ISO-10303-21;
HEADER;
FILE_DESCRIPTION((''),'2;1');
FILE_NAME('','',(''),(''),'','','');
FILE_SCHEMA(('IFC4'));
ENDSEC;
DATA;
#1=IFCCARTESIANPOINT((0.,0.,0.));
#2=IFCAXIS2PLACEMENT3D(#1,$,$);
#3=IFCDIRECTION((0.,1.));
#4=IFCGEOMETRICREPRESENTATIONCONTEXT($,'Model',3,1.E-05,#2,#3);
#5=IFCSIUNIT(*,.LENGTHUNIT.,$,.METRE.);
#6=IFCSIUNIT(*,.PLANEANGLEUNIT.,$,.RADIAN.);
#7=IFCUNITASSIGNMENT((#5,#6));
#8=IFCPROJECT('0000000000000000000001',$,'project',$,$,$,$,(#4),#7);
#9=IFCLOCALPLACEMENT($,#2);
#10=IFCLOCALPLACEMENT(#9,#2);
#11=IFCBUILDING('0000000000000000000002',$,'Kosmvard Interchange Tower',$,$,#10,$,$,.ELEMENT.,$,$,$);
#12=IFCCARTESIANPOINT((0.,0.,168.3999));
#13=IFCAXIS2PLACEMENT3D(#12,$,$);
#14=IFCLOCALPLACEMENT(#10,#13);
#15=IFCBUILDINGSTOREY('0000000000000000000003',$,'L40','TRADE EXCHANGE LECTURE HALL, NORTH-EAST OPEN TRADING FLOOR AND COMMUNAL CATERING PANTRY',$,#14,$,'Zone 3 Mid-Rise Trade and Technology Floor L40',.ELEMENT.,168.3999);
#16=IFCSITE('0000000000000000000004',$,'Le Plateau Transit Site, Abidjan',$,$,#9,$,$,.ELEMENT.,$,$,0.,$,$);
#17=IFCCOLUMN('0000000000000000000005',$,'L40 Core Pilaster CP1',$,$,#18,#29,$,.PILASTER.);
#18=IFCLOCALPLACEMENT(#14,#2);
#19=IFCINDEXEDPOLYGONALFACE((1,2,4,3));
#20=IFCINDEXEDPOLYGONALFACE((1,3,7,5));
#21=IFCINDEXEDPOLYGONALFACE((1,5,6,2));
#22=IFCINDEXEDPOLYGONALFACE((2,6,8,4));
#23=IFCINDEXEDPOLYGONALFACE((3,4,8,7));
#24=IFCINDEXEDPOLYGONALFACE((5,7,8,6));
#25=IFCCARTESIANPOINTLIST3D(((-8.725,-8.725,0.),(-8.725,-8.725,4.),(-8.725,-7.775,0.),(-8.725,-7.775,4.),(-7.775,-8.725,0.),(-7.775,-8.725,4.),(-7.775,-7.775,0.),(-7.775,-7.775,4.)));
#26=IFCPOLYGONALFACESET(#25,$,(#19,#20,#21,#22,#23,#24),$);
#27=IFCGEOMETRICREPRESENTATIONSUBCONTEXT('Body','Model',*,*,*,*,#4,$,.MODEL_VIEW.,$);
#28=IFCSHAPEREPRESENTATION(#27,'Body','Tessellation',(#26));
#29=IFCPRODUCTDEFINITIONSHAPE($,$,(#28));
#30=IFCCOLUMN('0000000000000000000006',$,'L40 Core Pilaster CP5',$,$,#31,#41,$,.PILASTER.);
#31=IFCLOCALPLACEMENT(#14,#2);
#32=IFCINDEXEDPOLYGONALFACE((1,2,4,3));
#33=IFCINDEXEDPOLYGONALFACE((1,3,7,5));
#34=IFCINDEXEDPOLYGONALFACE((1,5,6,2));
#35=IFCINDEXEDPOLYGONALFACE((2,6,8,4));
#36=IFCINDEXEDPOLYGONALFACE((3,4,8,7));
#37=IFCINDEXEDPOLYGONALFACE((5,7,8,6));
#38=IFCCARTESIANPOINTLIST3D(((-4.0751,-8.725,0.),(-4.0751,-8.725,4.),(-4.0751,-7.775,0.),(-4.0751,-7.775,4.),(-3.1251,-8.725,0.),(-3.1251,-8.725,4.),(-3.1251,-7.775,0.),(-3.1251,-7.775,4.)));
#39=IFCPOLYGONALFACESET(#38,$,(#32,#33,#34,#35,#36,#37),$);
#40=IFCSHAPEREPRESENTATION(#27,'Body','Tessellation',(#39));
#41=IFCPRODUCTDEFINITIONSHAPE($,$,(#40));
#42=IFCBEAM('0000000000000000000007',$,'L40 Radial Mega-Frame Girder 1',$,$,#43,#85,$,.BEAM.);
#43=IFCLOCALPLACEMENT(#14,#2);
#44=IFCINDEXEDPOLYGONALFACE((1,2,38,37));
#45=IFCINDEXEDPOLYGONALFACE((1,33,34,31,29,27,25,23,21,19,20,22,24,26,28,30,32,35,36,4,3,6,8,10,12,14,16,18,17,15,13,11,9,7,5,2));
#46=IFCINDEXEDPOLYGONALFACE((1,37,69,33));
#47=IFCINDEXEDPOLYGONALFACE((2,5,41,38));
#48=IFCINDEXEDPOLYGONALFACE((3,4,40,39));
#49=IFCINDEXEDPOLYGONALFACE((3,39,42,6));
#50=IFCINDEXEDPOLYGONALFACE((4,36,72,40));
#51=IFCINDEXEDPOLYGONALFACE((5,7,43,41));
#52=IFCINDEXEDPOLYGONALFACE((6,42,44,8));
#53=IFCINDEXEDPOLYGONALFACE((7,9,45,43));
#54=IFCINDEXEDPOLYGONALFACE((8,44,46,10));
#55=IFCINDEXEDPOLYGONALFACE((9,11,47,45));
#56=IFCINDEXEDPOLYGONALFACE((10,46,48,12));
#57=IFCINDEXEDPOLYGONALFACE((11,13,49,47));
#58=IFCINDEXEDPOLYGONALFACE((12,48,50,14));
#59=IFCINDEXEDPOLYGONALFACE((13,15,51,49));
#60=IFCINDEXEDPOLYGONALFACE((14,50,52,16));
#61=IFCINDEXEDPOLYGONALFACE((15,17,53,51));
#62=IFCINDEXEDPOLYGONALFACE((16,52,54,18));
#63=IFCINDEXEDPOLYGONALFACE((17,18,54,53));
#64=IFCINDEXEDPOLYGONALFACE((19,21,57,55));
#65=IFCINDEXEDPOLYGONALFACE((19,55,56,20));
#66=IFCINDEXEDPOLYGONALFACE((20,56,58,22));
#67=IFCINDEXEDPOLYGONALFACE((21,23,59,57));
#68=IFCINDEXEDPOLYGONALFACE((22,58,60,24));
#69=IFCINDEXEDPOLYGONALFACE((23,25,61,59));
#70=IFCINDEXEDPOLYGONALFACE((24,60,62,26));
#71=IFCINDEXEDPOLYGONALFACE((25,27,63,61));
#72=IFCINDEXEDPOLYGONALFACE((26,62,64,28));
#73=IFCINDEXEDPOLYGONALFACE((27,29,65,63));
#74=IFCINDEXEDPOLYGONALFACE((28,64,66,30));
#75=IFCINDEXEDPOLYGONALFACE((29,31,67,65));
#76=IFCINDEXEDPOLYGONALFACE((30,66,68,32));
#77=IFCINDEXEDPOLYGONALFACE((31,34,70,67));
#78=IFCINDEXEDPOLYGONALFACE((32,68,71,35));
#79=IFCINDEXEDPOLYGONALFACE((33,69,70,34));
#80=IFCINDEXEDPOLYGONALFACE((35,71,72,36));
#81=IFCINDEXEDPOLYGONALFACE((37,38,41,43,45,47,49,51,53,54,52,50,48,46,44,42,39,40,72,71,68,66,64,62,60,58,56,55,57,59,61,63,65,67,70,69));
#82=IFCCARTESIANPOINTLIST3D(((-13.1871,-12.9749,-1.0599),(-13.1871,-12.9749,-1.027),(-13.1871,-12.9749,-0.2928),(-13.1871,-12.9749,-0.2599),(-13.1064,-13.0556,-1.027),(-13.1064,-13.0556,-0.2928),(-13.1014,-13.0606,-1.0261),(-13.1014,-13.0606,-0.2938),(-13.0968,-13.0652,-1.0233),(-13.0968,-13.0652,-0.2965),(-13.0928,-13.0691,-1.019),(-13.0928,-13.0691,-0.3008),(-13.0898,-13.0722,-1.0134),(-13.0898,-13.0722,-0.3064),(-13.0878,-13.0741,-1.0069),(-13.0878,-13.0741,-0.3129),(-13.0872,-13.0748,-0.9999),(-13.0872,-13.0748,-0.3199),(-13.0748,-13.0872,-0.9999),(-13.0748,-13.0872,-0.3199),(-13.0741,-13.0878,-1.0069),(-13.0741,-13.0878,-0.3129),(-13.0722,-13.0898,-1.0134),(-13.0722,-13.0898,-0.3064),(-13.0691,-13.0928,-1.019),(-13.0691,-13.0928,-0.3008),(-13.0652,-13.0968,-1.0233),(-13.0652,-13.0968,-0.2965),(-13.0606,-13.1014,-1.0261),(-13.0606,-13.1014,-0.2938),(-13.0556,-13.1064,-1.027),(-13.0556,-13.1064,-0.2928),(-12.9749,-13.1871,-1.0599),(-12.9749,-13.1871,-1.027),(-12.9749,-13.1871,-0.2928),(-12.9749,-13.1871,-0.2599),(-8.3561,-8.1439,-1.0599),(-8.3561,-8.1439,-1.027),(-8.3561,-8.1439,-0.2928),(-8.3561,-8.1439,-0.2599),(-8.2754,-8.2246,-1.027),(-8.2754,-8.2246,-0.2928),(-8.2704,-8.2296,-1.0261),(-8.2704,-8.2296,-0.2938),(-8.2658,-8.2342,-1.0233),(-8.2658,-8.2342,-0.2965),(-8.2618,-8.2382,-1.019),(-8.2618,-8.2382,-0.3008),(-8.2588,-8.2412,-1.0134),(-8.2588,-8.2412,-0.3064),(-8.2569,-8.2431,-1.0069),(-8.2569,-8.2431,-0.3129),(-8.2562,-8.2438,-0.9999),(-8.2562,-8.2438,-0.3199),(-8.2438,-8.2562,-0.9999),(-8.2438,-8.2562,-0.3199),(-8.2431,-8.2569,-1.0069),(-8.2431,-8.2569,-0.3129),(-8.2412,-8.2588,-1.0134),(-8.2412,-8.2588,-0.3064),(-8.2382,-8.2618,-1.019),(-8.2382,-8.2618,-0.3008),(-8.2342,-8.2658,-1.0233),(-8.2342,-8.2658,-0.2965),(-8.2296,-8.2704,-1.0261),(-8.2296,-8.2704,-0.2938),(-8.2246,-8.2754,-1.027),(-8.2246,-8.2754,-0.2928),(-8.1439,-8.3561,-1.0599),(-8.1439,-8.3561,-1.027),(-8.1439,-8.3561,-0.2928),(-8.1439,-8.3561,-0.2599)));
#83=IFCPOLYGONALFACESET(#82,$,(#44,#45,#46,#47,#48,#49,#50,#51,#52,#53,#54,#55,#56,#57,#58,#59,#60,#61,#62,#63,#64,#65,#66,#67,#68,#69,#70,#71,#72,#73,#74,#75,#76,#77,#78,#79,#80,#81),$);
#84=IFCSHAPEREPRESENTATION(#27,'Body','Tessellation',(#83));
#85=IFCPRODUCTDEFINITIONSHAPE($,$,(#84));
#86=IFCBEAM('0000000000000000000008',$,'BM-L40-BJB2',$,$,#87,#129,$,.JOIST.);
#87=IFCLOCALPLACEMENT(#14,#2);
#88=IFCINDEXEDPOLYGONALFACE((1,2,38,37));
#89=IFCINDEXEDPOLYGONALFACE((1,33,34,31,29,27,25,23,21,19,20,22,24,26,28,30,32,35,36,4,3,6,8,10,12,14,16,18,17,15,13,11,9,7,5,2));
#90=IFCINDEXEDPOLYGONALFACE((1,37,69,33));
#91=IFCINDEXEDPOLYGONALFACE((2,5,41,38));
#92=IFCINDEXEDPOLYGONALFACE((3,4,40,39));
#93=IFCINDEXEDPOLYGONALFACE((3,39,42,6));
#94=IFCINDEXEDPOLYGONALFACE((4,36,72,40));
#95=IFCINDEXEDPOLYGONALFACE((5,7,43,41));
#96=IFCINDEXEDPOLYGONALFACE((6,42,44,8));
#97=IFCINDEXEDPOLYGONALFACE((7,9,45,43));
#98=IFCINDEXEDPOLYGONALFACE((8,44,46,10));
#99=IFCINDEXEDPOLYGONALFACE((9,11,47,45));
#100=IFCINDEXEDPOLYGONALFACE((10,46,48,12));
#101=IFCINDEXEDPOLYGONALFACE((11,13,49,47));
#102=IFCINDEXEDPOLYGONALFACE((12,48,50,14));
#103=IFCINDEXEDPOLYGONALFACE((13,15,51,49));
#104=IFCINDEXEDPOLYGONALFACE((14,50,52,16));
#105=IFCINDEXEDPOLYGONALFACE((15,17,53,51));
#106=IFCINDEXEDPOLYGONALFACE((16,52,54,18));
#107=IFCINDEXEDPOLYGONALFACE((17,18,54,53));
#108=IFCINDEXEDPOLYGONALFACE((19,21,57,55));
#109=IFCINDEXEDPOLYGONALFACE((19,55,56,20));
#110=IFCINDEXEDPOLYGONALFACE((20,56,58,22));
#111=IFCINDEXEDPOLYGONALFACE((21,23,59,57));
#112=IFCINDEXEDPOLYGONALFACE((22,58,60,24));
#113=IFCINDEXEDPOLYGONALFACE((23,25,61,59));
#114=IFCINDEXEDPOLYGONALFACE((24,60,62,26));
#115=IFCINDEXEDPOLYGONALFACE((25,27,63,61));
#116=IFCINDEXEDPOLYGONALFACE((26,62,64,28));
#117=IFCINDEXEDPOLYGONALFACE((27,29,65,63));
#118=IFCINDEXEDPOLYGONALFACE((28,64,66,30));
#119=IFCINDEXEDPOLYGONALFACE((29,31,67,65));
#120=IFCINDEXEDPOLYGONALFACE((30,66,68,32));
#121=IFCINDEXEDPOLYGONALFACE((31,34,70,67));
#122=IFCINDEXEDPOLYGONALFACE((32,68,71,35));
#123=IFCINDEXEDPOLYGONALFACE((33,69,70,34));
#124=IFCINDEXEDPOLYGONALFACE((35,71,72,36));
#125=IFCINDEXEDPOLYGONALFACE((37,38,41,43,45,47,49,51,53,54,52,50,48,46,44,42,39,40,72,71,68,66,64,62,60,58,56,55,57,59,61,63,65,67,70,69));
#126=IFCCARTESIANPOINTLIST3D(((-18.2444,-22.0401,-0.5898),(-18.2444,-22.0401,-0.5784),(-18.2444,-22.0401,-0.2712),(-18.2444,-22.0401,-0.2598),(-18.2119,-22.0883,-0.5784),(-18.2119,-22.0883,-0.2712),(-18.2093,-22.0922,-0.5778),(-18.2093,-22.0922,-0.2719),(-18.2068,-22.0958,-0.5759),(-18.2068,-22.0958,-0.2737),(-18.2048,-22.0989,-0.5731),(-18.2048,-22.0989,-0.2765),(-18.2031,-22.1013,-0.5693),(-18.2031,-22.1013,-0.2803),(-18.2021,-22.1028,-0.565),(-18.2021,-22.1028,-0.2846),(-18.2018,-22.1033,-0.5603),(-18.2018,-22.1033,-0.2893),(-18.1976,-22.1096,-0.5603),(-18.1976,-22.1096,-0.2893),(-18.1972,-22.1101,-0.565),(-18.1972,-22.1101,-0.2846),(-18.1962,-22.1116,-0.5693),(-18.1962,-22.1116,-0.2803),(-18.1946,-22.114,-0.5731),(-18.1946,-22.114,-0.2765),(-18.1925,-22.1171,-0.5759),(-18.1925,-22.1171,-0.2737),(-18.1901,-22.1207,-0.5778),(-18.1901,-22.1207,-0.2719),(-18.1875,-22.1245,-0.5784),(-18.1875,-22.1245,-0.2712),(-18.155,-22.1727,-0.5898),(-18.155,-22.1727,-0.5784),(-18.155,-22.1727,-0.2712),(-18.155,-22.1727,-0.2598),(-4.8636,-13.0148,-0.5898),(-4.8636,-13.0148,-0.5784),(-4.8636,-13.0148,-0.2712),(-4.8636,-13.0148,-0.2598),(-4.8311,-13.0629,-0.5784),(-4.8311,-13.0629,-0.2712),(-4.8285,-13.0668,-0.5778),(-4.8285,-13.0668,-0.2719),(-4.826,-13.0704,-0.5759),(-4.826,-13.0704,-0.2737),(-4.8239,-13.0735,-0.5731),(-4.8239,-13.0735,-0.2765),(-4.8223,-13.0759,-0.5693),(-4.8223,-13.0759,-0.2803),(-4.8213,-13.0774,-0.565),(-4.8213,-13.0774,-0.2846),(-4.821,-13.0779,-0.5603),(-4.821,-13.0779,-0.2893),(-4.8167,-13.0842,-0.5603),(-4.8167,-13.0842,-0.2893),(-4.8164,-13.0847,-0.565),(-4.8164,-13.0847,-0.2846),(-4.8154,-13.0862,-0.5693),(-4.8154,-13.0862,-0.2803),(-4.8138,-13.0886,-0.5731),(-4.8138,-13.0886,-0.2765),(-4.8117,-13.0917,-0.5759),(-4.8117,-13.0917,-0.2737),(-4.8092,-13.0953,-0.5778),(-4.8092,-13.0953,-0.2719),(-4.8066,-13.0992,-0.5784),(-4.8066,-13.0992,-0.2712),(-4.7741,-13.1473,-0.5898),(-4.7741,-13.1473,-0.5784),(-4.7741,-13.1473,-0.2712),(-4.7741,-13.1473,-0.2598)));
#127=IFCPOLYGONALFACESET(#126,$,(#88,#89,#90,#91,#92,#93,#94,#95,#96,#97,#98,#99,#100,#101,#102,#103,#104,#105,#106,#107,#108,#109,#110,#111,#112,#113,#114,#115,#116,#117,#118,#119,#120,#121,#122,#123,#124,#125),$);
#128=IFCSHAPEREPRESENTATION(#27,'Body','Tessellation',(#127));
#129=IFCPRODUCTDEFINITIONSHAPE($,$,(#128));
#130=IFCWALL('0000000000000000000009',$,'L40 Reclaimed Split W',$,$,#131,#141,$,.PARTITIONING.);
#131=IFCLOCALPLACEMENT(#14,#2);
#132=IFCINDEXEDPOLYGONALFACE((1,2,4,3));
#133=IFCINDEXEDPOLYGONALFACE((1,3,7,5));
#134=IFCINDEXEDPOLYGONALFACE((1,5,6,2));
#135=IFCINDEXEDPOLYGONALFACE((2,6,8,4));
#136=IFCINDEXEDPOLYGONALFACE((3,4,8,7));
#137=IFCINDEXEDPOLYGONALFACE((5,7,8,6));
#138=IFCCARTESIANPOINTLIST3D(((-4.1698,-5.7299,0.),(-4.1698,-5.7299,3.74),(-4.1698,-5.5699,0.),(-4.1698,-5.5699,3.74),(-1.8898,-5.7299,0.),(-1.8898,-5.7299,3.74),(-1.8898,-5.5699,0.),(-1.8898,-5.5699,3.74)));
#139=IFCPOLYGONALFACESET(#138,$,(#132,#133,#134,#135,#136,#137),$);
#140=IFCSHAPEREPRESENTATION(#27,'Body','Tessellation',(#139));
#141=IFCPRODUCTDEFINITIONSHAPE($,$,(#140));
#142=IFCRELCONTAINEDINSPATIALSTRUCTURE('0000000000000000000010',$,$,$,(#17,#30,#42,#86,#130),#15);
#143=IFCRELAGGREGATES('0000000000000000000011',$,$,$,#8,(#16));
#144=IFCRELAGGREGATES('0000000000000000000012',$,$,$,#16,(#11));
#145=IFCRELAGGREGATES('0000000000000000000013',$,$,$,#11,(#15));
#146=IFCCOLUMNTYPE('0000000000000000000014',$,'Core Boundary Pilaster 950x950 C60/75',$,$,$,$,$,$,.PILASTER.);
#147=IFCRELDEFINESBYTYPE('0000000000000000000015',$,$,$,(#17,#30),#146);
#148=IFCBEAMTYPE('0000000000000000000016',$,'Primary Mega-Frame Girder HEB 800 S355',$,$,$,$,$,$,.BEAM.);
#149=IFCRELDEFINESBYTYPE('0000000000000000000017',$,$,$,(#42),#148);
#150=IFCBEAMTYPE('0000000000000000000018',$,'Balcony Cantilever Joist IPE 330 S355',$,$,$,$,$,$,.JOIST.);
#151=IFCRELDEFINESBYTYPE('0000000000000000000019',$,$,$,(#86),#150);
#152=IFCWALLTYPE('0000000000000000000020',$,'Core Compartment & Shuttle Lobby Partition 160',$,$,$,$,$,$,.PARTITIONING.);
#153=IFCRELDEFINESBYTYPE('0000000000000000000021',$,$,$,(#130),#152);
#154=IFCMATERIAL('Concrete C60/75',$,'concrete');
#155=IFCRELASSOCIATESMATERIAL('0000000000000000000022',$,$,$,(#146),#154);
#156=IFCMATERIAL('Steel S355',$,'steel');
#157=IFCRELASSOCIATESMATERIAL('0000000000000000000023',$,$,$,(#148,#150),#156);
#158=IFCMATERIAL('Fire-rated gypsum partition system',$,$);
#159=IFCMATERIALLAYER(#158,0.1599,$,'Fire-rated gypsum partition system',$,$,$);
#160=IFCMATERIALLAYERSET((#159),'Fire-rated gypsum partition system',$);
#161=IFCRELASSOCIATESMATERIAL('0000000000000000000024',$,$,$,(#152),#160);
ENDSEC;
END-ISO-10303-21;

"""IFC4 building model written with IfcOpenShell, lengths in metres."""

from ifc_helpers import new_model, si_unit, direction, frame, frame_2d, origin, origin_2d, place, context, subcontext, project, spatial, rectangle, i_section, extrude, source, transform, mapped, material, layer, layer_set, material_profile, profile_set, type_object, element, save


model = new_model("IFC4")

# Units and contexts
model_context = context("Model", 3, precision=1e-05, world=origin(), true_north=direction((0.0, 1.0)))
body_context = subcontext(model_context, "Body", "Model", "MODEL_VIEW")
ifc_project = project(units=[si_unit("LENGTHUNIT", "METRE"), si_unit("PLANEANGLEUNIT", "RADIAN")], contexts=[model_context])

# Site, building, storey
site_placement = place(None, origin())
site = spatial("IfcSite", under=ifc_project, at=site_placement, Name="Le Plateau Transit Site, Abidjan", CompositionType="ELEMENT", RefElevation=0.0)
building_placement = place(site_placement, origin())
building = spatial("IfcBuilding", under=site, at=building_placement, Name="Kosmvard Interchange Tower", CompositionType="ELEMENT")
storey_placement = place(building_placement, frame((0.0, 0.0, 168.3999)))
storey = spatial("IfcBuildingStorey", under=building, at=storey_placement, Name="L40", Description="TRADE EXCHANGE LECTURE HALL, NORTH-EAST OPEN TRADING FLOOR AND COMMUNAL CATERING PANTRY", LongName="Zone 3 Mid-Rise Trade and Technology Floor L40", CompositionType="ELEMENT", Elevation=168.3999)

# Columns
ifc_material_1 = material(Name="Concrete C60/75", Category="concrete")
ifc_material_profile_1 = material_profile(ifc_material_1, rectangle(XDim=0.95, YDim=0.95, at=origin_2d()), Name="CP 950x950")
ifc_profile_set_1 = profile_set([ifc_material_profile_1], Name="Concrete C60/75")
column_type = type_object("IfcColumnType", Name="Core Boundary Pilaster 950x950 C60/75", PredefinedType="PILASTER", material=ifc_profile_set_1)
shared_shape_1 = source(origin(), body_context, "Body", "SweptSolid", [
    extrude(rectangle(XDim=0.95, YDim=0.95, at=origin_2d()), origin(), (0.0, 0.0, 1.0), 4.0),
])
for number, where, z_axis, x_axis, name in (
    (1, (-8.25, -8.25, 0.0), (0.0, 0.0, 1.0), (1.0, 0.0, 0.0), "L40 Core Pilaster CP1"),
    (2, (-3.6001, -8.25, 0.0), (0.0, 0.0, 1.0), (1.0, 0.0, 0.0), "L40 Core Pilaster CP5"),
):
    element("IfcColumn", number, at=place(storey_placement, frame(where, z_axis=z_axis, x_axis=x_axis)), inside=storey, type_object=column_type, Name=name, PredefinedType="PILASTER", context=body_context, shape_type="MappedRepresentation", body=[
        mapped(shared_shape_1, transform((0.0, 0.0, 0.0), scale=1.0)),
    ])

# Beams
ifc_material_2 = material(Name="Steel S355", Category="steel")
ifc_material_profile_2 = material_profile(ifc_material_2, i_section(OverallWidth=0.3, OverallDepth=0.8, WebThickness=0.0176, FlangeThickness=0.033, FilletRadius=0.0271, at=origin_2d()), Name="HEB 800")
ifc_profile_set_2 = profile_set([ifc_material_profile_2], Name="Steel S355")
beam_type_1 = type_object("IfcBeamType", Name="Primary Mega-Frame Girder HEB 800 S355", PredefinedType="BEAM", material=ifc_profile_set_2)
shared_shape_2 = source(origin(), body_context, "Body", "SweptSolid", [
    extrude(i_section(OverallWidth=0.3, OverallDepth=0.8, WebThickness=0.0176, FlangeThickness=0.033, FilletRadius=0.0271, at=origin_2d()), origin(), (0.0, 0.0, 1.0), 6.832),
])
beam_1_placement = place(storey_placement, frame((-8.25, -8.25, -0.6599), z_axis=(-0.707107, -0.707107, 0.0), x_axis=(0.707107, -0.707107, 0.0)))
element("IfcBeam", 3, at=beam_1_placement, inside=storey, type_object=beam_type_1, Name="L40 Radial Mega-Frame Girder 1", PredefinedType="BEAM", context=body_context, shape_type="MappedRepresentation", body=[
    mapped(shared_shape_2, transform((0.0, 0.0, 0.0), scale=1.0)),
])
ifc_material_profile_3 = material_profile(ifc_material_2, i_section(OverallWidth=0.1599, OverallDepth=0.3301, WebThickness=0.0076, FlangeThickness=0.0115, FilletRadius=0.0181, at=origin_2d()), Name="IPE 330")
ifc_profile_set_3 = profile_set([ifc_material_profile_3], Name="Steel S355")
beam_type_2 = type_object("IfcBeamType", Name="Balcony Cantilever Joist IPE 330 S355", PredefinedType="JOIST", material=ifc_profile_set_3)
shared_shape_3 = source(origin(), body_context, "Body", "SweptSolid", [
    extrude(i_section(OverallWidth=0.1599, OverallDepth=0.3301, WebThickness=0.0076, FlangeThickness=0.0115, FilletRadius=0.0181, at=origin_2d()), origin(), (0.0, 0.0, 1.0), 16.1401),
])
beam_2_placement = place(storey_placement, frame((-4.8188, -13.0811, -0.4248), z_axis=(-0.829041, -0.559188, 0.0), x_axis=(0.559188, -0.829041, 0.0)))
element("IfcBeam", 4, at=beam_2_placement, inside=storey, type_object=beam_type_2, Name="BM-L40-BJB2", PredefinedType="JOIST", context=body_context, shape_type="MappedRepresentation", body=[
    mapped(shared_shape_3, transform((0.0, 0.0, 0.0), scale=1.0)),
])

# Wall
ifc_material_3 = material(Name="Fire-rated gypsum partition system")
ifc_layer_1 = layer(ifc_material_3, 0.1599, Name="Fire-rated gypsum partition system")
ifc_layer_set_1 = layer_set([ifc_layer_1], Name="Fire-rated gypsum partition system")
wall_type_1 = type_object("IfcWallType", Name="Core Compartment & Shuttle Lobby Partition 160", PredefinedType="PARTITIONING", material=ifc_layer_set_1)
wall_1_placement = place(storey_placement, frame((-4.1699, -5.6499, 0.0), z_axis=(0.0, 0.0, 1.0), x_axis=(1.0, 0.0, 0.0)))
element("IfcWall", 5, at=wall_1_placement, inside=storey, type_object=wall_type_1, Name="L40 Reclaimed Split W", PredefinedType="PARTITIONING", context=body_context, shape_type="SweptSolid", body=[
    extrude(rectangle(XDim=2.28, YDim=0.1599, at=frame_2d((1.1401, 0.0))), origin(), (0.0, 0.0, 1.0), 3.74),
])

save(model, "model.ifc")
